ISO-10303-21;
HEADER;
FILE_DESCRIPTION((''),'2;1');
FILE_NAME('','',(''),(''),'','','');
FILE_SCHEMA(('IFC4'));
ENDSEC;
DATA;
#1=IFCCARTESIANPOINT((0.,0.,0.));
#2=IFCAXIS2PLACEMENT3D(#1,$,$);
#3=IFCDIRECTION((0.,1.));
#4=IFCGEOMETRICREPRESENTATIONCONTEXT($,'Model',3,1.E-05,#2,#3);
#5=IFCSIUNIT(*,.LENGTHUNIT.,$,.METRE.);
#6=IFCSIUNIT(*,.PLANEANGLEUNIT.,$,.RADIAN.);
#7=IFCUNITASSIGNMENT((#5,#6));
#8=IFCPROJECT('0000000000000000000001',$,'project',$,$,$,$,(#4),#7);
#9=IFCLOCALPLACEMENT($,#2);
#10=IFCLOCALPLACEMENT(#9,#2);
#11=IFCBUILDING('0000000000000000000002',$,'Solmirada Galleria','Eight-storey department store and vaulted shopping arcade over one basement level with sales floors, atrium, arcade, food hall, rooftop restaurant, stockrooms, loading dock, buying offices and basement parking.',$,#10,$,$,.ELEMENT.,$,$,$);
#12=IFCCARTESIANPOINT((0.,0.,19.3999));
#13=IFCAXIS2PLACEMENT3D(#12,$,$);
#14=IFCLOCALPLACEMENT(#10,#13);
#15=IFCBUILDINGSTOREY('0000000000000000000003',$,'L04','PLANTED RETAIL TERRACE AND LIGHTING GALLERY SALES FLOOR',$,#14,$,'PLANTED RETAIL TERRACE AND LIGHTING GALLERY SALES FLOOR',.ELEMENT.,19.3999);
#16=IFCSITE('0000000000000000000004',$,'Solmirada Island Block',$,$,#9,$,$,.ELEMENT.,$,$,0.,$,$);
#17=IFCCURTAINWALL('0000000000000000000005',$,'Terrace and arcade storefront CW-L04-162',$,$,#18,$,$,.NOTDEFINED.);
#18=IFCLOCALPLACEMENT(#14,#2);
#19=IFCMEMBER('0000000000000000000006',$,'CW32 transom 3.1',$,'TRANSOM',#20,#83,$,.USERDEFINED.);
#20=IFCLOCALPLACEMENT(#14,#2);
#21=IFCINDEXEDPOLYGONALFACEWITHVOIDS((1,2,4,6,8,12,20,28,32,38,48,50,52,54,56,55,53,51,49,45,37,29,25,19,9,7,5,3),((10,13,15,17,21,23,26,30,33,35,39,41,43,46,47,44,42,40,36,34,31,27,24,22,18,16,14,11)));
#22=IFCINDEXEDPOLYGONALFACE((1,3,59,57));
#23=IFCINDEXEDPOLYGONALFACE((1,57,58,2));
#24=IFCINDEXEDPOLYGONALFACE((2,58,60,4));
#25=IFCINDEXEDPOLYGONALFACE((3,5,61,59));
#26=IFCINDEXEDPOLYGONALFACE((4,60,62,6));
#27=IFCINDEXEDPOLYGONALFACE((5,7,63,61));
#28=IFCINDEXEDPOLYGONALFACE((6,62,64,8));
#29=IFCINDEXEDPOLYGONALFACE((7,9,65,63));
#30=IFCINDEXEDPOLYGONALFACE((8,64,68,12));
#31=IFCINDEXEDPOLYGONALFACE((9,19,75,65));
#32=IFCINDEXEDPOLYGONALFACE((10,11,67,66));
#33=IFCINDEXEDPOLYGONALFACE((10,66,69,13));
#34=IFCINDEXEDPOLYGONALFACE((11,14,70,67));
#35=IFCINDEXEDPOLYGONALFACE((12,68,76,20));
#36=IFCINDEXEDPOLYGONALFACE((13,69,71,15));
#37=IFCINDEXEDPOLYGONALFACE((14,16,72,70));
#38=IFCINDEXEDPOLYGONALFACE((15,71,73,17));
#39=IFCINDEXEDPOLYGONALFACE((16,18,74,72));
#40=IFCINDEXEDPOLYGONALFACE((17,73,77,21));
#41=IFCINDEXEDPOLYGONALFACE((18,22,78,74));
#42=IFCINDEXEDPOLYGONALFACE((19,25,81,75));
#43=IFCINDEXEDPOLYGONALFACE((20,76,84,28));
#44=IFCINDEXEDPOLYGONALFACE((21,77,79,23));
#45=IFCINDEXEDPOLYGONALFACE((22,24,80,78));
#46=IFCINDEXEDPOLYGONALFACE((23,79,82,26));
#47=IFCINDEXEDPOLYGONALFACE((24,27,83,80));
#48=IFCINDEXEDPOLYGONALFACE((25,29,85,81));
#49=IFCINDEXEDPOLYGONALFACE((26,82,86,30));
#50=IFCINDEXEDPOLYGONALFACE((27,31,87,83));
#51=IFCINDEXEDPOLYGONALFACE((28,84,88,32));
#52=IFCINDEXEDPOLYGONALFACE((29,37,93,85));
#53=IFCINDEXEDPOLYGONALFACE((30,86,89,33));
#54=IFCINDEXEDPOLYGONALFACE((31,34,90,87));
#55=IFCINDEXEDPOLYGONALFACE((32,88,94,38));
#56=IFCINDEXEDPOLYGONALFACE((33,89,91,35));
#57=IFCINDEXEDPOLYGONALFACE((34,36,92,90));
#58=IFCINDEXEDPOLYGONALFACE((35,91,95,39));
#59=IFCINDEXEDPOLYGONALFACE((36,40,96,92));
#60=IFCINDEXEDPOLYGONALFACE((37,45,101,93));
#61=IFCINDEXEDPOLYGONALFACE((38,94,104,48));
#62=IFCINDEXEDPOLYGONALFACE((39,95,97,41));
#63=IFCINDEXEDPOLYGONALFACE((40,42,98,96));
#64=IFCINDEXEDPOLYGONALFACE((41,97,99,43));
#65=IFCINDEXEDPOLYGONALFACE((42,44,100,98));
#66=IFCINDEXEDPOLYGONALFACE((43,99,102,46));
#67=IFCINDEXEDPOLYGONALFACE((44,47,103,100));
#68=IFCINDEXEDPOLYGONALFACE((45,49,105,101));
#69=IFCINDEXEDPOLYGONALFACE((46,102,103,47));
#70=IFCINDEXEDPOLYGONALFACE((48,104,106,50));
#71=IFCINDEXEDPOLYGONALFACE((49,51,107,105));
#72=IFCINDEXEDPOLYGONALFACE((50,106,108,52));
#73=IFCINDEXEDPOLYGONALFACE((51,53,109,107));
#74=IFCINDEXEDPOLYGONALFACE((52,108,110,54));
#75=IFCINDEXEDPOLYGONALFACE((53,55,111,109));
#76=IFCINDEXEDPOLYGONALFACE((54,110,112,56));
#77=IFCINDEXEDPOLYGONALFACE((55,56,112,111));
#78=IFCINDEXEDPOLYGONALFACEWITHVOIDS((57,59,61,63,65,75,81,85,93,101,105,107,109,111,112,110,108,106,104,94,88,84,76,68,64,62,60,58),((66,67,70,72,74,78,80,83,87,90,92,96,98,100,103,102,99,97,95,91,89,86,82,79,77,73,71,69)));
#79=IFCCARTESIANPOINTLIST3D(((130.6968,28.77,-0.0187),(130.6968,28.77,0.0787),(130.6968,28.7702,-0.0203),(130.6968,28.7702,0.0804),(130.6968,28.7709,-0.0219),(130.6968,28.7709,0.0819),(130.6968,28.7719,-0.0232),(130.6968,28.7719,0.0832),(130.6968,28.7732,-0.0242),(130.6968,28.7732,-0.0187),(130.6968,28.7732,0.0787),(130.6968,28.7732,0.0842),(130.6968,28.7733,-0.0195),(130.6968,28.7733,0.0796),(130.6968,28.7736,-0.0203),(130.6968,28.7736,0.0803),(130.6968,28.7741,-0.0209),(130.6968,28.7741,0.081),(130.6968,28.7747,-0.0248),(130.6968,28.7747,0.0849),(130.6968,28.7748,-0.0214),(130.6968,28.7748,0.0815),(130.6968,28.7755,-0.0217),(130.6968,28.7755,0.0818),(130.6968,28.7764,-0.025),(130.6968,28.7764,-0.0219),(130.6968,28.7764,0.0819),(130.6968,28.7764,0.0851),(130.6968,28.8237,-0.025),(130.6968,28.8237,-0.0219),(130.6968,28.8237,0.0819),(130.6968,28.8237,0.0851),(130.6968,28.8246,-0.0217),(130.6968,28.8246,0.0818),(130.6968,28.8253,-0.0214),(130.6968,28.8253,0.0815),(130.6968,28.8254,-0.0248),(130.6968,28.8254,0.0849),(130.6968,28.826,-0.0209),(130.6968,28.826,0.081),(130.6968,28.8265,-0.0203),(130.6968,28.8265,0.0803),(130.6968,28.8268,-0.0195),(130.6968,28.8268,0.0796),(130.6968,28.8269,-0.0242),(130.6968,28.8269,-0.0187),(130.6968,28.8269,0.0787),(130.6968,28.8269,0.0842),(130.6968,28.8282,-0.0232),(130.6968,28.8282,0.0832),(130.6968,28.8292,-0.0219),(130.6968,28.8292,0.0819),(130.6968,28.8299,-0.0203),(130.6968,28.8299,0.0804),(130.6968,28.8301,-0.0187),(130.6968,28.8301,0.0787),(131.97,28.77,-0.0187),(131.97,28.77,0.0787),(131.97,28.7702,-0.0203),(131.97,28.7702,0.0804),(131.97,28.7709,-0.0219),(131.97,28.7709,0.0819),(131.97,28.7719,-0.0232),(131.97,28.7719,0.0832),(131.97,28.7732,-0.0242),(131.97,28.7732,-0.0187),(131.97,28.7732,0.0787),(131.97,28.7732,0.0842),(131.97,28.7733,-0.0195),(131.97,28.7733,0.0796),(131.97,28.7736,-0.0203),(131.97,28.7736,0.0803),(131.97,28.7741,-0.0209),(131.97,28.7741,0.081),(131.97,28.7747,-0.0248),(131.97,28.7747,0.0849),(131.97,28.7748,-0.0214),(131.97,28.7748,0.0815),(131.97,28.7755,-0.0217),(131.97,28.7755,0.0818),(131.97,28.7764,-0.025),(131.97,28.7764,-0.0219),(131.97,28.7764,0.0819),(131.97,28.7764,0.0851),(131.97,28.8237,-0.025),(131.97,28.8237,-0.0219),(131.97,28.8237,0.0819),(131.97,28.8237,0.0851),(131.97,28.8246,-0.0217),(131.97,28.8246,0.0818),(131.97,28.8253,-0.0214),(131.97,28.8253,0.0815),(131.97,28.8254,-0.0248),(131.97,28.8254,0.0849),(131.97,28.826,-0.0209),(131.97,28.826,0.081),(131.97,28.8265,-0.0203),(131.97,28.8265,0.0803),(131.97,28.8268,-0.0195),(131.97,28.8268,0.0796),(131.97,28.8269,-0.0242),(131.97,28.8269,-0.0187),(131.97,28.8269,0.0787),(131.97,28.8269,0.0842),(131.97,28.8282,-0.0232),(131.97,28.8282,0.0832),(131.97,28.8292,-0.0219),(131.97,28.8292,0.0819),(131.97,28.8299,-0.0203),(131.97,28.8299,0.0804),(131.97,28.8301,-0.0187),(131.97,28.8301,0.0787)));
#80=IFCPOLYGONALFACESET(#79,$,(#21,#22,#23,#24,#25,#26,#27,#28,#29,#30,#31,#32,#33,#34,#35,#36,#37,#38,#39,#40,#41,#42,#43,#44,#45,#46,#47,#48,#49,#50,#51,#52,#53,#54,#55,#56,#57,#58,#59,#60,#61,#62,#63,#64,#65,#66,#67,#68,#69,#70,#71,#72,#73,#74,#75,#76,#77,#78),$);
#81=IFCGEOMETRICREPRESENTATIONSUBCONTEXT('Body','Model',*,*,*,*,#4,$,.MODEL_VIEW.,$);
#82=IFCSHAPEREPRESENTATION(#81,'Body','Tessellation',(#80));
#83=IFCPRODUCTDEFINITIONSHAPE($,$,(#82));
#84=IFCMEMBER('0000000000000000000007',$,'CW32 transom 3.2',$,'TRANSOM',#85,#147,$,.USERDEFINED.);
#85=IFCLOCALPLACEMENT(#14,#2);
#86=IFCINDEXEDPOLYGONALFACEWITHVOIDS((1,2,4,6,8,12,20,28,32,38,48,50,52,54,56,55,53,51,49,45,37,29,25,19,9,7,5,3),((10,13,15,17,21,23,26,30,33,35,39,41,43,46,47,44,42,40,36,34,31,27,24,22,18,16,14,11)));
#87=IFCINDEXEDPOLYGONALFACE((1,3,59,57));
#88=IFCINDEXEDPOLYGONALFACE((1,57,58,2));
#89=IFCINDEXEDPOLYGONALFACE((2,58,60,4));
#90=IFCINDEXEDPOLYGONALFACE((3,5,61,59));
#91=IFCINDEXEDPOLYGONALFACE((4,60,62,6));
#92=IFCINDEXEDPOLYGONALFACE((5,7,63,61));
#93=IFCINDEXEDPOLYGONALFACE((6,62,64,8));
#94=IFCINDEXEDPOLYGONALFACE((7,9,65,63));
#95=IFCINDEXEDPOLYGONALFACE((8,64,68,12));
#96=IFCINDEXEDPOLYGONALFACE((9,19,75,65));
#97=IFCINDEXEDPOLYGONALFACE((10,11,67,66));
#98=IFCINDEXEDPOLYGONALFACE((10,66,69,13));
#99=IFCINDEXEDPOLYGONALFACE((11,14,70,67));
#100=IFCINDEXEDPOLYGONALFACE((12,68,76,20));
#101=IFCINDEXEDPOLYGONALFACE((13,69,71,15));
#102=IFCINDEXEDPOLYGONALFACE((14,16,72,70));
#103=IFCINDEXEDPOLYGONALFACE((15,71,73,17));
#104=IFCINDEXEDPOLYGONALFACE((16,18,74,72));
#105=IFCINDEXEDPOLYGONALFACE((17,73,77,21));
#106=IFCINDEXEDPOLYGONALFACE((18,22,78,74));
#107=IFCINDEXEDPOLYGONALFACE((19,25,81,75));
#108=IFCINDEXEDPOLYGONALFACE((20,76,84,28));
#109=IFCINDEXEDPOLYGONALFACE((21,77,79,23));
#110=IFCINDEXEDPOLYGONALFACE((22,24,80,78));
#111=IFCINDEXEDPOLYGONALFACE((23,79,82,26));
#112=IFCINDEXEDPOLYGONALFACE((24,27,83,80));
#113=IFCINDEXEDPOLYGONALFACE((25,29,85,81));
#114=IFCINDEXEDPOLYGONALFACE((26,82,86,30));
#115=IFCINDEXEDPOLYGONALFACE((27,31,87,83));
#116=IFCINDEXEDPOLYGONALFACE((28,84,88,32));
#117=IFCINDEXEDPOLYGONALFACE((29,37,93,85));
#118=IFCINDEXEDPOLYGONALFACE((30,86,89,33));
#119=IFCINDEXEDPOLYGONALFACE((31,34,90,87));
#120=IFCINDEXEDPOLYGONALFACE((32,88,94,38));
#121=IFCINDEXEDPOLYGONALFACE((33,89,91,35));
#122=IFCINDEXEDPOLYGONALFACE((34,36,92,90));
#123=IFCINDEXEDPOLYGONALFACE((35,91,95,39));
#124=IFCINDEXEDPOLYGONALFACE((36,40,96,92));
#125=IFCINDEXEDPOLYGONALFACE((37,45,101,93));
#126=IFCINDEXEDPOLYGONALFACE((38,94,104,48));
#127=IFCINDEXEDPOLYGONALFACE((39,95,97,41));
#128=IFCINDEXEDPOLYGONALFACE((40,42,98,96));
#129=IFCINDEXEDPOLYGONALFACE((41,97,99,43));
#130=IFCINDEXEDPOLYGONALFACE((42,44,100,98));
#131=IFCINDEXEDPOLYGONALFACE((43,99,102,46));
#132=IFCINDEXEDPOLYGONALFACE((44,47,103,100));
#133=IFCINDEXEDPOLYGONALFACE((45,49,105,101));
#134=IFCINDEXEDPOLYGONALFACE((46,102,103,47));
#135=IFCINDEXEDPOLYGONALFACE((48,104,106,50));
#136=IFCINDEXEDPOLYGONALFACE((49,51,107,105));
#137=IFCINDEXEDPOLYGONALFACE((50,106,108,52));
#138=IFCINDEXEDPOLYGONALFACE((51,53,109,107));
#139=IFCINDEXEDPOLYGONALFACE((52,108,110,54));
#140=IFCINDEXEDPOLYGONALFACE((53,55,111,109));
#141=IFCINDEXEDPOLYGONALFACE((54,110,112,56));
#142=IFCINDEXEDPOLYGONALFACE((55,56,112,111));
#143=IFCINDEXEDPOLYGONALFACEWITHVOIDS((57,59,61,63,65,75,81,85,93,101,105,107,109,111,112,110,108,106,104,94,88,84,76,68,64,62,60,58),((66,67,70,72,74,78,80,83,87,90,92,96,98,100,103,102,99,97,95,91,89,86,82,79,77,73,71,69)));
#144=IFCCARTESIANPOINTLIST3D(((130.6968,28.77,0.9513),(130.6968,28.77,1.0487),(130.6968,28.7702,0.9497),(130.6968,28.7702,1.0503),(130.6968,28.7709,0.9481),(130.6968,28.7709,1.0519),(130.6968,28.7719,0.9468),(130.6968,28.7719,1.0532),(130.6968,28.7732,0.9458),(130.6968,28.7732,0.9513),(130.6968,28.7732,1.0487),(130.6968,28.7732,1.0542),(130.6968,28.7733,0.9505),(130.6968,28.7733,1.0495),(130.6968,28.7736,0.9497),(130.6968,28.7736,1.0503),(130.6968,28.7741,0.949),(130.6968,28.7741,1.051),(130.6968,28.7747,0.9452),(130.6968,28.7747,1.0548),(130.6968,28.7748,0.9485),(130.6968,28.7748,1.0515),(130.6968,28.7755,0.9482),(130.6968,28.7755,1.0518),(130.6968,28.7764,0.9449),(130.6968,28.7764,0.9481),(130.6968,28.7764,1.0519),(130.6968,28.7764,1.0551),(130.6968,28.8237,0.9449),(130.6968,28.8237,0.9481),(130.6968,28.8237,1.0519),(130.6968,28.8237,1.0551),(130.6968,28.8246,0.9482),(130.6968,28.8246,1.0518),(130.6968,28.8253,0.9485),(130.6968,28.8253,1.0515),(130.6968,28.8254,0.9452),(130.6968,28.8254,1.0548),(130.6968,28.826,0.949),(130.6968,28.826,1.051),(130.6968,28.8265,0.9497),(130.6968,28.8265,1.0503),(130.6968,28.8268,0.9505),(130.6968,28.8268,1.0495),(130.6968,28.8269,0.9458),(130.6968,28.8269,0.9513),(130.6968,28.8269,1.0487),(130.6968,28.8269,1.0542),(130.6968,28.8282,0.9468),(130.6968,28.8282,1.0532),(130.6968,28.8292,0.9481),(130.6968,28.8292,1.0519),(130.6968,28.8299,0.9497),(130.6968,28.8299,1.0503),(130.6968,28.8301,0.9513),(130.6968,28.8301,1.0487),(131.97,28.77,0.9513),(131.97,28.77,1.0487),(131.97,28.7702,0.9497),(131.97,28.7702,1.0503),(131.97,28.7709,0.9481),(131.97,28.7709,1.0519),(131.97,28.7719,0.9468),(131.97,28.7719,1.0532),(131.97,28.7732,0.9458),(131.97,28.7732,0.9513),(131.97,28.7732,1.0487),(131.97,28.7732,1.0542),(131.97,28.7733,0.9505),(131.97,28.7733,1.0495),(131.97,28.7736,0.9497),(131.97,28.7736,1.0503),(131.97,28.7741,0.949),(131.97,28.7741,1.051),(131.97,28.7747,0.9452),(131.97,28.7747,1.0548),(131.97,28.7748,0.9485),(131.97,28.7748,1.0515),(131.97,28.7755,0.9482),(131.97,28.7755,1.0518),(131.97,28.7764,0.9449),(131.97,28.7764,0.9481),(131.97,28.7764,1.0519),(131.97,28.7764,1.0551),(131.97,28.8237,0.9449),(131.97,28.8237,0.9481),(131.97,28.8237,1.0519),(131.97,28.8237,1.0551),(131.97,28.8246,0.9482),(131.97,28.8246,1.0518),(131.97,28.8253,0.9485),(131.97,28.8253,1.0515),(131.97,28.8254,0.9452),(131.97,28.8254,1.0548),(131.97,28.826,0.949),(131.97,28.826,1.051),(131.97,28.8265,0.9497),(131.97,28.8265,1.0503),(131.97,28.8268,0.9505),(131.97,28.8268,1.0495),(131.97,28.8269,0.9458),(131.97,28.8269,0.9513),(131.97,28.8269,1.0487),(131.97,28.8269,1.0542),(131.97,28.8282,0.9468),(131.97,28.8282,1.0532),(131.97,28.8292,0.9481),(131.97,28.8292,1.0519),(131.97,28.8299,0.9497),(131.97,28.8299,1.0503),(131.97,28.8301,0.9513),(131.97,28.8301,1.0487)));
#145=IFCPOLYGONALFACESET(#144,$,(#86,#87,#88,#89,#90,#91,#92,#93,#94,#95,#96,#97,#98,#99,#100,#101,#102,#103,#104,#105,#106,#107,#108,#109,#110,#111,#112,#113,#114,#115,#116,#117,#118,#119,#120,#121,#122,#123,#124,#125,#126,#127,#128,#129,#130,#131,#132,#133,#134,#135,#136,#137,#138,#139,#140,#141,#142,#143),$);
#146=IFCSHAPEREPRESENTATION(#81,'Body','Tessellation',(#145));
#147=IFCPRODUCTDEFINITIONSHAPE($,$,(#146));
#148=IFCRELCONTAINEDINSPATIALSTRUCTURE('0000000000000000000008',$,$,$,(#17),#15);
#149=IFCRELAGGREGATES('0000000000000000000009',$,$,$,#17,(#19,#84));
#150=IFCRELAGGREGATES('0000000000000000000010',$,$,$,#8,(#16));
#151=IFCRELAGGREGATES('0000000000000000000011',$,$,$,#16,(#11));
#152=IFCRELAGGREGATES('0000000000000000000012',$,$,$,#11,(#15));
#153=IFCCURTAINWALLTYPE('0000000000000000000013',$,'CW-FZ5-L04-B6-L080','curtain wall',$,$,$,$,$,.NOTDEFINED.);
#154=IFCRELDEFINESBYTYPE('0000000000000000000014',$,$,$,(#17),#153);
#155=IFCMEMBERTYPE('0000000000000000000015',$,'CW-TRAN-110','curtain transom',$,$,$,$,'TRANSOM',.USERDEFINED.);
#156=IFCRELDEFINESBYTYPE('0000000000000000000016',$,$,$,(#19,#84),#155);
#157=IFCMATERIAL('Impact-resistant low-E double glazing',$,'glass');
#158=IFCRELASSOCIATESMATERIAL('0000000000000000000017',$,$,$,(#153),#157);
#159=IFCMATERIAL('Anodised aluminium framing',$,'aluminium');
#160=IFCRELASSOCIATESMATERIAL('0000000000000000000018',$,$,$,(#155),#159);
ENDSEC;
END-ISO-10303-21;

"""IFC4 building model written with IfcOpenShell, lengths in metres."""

from ifc_helpers import new_model, si_unit, direction, frame, origin, origin_2d, place, context, subcontext, project, spatial, hollow_rectangle, extrude, material, material_profile, profile_set, type_object, element, aggregate, save


model = new_model("IFC4")

# Units and contexts
model_context = context("Model", 3, precision=1e-05, world=origin(), true_north=direction((0.0, 1.0)))
body_context = subcontext(model_context, "Body", "Model", "MODEL_VIEW")
ifc_project = project(units=[si_unit("LENGTHUNIT", "METRE"), si_unit("PLANEANGLEUNIT", "RADIAN")], contexts=[model_context])

# Site, building, storey
site_placement = place(None, origin())
site = spatial("IfcSite", under=ifc_project, at=site_placement, Name="Solmirada Island Block", CompositionType="ELEMENT", RefElevation=0.0)
building_placement = place(site_placement, origin())
building = spatial("IfcBuilding", under=site, at=building_placement, Name="Solmirada Galleria", Description="Eight-storey department store and vaulted shopping arcade over one basement level with sales floors, atrium, arcade, food hall, rooftop restaurant, stockrooms, loading dock, buying offices and basement parking.", CompositionType="ELEMENT")
storey_placement = place(building_placement, frame((0.0, 0.0, 19.3999)))
storey = spatial("IfcBuildingStorey", under=building, at=storey_placement, Name="L04", Description="PLANTED RETAIL TERRACE AND LIGHTING GALLERY SALES FLOOR", LongName="PLANTED RETAIL TERRACE AND LIGHTING GALLERY SALES FLOOR", CompositionType="ELEMENT", Elevation=19.3999)

# Curtain wall, members
ifc_material_1 = material(Name="Impact-resistant low-E double glazing", Category="glass")
curtain_wall_type = type_object("IfcCurtainWallType", Name="CW-FZ5-L04-B6-L080", Description="curtain wall", PredefinedType="NOTDEFINED", material=ifc_material_1)
curtain_wall_placement = place(storey_placement, origin())
curtain_wall = element("IfcCurtainWall", 1, at=curtain_wall_placement, inside=storey, type_object=curtain_wall_type, Name="Terrace and arcade storefront CW-L04-162", PredefinedType="NOTDEFINED")
ifc_material_2 = material(Name="Anodised aluminium framing", Category="aluminium")
ifc_material_profile_1 = material_profile(ifc_material_2, hollow_rectangle(XDim=0.0601, YDim=0.1101, WallThickness=0.0032, InnerFilletRadius=0.0032, OuterFilletRadius=0.0063, at=origin_2d()), Name="ALU-TRAN-110X60")
ifc_profile_set_1 = profile_set([ifc_material_profile_1], Name="Anodised aluminium framing")
member_type_1 = type_object("IfcMemberType", Name="CW-TRAN-110", Description="curtain transom", ElementType="TRANSOM", PredefinedType="USERDEFINED", material=ifc_profile_set_1)
member_1_placement = place(storey_placement, frame((130.6968, 28.8, 0.03), z_axis=(1.0, 0.0, 0.0), x_axis=(0.0, 1.0, 0.0)))
member_1 = element("IfcMember", 2, at=member_1_placement, type_object=member_type_1, Name="CW32 transom 3.1", ObjectType="TRANSOM", PredefinedType="USERDEFINED", context=body_context, shape_type="SweptSolid", body=[
    extrude(hollow_rectangle(XDim=0.0601, YDim=0.1101, WallThickness=0.0032, InnerFilletRadius=0.0032, OuterFilletRadius=0.0063, at=origin_2d()), origin(), (0.0, 0.0, 1.0), 1.2732),
])
member_2_placement = place(storey_placement, frame((130.6968, 28.8, 1.0), z_axis=(1.0, 0.0, 0.0), x_axis=(0.0, 1.0, 0.0)))
member_2 = element("IfcMember", 3, at=member_2_placement, type_object=member_type_1, Name="CW32 transom 3.2", ObjectType="TRANSOM", PredefinedType="USERDEFINED", context=body_context, shape_type="SweptSolid", body=[
    extrude(hollow_rectangle(XDim=0.0601, YDim=0.1101, WallThickness=0.0032, InnerFilletRadius=0.0032, OuterFilletRadius=0.0063, at=origin_2d()), origin(), (0.0, 0.0, 1.0), 1.2732),
])
aggregate(curtain_wall, [member_1, member_2])

save(model, "model.ifc")
